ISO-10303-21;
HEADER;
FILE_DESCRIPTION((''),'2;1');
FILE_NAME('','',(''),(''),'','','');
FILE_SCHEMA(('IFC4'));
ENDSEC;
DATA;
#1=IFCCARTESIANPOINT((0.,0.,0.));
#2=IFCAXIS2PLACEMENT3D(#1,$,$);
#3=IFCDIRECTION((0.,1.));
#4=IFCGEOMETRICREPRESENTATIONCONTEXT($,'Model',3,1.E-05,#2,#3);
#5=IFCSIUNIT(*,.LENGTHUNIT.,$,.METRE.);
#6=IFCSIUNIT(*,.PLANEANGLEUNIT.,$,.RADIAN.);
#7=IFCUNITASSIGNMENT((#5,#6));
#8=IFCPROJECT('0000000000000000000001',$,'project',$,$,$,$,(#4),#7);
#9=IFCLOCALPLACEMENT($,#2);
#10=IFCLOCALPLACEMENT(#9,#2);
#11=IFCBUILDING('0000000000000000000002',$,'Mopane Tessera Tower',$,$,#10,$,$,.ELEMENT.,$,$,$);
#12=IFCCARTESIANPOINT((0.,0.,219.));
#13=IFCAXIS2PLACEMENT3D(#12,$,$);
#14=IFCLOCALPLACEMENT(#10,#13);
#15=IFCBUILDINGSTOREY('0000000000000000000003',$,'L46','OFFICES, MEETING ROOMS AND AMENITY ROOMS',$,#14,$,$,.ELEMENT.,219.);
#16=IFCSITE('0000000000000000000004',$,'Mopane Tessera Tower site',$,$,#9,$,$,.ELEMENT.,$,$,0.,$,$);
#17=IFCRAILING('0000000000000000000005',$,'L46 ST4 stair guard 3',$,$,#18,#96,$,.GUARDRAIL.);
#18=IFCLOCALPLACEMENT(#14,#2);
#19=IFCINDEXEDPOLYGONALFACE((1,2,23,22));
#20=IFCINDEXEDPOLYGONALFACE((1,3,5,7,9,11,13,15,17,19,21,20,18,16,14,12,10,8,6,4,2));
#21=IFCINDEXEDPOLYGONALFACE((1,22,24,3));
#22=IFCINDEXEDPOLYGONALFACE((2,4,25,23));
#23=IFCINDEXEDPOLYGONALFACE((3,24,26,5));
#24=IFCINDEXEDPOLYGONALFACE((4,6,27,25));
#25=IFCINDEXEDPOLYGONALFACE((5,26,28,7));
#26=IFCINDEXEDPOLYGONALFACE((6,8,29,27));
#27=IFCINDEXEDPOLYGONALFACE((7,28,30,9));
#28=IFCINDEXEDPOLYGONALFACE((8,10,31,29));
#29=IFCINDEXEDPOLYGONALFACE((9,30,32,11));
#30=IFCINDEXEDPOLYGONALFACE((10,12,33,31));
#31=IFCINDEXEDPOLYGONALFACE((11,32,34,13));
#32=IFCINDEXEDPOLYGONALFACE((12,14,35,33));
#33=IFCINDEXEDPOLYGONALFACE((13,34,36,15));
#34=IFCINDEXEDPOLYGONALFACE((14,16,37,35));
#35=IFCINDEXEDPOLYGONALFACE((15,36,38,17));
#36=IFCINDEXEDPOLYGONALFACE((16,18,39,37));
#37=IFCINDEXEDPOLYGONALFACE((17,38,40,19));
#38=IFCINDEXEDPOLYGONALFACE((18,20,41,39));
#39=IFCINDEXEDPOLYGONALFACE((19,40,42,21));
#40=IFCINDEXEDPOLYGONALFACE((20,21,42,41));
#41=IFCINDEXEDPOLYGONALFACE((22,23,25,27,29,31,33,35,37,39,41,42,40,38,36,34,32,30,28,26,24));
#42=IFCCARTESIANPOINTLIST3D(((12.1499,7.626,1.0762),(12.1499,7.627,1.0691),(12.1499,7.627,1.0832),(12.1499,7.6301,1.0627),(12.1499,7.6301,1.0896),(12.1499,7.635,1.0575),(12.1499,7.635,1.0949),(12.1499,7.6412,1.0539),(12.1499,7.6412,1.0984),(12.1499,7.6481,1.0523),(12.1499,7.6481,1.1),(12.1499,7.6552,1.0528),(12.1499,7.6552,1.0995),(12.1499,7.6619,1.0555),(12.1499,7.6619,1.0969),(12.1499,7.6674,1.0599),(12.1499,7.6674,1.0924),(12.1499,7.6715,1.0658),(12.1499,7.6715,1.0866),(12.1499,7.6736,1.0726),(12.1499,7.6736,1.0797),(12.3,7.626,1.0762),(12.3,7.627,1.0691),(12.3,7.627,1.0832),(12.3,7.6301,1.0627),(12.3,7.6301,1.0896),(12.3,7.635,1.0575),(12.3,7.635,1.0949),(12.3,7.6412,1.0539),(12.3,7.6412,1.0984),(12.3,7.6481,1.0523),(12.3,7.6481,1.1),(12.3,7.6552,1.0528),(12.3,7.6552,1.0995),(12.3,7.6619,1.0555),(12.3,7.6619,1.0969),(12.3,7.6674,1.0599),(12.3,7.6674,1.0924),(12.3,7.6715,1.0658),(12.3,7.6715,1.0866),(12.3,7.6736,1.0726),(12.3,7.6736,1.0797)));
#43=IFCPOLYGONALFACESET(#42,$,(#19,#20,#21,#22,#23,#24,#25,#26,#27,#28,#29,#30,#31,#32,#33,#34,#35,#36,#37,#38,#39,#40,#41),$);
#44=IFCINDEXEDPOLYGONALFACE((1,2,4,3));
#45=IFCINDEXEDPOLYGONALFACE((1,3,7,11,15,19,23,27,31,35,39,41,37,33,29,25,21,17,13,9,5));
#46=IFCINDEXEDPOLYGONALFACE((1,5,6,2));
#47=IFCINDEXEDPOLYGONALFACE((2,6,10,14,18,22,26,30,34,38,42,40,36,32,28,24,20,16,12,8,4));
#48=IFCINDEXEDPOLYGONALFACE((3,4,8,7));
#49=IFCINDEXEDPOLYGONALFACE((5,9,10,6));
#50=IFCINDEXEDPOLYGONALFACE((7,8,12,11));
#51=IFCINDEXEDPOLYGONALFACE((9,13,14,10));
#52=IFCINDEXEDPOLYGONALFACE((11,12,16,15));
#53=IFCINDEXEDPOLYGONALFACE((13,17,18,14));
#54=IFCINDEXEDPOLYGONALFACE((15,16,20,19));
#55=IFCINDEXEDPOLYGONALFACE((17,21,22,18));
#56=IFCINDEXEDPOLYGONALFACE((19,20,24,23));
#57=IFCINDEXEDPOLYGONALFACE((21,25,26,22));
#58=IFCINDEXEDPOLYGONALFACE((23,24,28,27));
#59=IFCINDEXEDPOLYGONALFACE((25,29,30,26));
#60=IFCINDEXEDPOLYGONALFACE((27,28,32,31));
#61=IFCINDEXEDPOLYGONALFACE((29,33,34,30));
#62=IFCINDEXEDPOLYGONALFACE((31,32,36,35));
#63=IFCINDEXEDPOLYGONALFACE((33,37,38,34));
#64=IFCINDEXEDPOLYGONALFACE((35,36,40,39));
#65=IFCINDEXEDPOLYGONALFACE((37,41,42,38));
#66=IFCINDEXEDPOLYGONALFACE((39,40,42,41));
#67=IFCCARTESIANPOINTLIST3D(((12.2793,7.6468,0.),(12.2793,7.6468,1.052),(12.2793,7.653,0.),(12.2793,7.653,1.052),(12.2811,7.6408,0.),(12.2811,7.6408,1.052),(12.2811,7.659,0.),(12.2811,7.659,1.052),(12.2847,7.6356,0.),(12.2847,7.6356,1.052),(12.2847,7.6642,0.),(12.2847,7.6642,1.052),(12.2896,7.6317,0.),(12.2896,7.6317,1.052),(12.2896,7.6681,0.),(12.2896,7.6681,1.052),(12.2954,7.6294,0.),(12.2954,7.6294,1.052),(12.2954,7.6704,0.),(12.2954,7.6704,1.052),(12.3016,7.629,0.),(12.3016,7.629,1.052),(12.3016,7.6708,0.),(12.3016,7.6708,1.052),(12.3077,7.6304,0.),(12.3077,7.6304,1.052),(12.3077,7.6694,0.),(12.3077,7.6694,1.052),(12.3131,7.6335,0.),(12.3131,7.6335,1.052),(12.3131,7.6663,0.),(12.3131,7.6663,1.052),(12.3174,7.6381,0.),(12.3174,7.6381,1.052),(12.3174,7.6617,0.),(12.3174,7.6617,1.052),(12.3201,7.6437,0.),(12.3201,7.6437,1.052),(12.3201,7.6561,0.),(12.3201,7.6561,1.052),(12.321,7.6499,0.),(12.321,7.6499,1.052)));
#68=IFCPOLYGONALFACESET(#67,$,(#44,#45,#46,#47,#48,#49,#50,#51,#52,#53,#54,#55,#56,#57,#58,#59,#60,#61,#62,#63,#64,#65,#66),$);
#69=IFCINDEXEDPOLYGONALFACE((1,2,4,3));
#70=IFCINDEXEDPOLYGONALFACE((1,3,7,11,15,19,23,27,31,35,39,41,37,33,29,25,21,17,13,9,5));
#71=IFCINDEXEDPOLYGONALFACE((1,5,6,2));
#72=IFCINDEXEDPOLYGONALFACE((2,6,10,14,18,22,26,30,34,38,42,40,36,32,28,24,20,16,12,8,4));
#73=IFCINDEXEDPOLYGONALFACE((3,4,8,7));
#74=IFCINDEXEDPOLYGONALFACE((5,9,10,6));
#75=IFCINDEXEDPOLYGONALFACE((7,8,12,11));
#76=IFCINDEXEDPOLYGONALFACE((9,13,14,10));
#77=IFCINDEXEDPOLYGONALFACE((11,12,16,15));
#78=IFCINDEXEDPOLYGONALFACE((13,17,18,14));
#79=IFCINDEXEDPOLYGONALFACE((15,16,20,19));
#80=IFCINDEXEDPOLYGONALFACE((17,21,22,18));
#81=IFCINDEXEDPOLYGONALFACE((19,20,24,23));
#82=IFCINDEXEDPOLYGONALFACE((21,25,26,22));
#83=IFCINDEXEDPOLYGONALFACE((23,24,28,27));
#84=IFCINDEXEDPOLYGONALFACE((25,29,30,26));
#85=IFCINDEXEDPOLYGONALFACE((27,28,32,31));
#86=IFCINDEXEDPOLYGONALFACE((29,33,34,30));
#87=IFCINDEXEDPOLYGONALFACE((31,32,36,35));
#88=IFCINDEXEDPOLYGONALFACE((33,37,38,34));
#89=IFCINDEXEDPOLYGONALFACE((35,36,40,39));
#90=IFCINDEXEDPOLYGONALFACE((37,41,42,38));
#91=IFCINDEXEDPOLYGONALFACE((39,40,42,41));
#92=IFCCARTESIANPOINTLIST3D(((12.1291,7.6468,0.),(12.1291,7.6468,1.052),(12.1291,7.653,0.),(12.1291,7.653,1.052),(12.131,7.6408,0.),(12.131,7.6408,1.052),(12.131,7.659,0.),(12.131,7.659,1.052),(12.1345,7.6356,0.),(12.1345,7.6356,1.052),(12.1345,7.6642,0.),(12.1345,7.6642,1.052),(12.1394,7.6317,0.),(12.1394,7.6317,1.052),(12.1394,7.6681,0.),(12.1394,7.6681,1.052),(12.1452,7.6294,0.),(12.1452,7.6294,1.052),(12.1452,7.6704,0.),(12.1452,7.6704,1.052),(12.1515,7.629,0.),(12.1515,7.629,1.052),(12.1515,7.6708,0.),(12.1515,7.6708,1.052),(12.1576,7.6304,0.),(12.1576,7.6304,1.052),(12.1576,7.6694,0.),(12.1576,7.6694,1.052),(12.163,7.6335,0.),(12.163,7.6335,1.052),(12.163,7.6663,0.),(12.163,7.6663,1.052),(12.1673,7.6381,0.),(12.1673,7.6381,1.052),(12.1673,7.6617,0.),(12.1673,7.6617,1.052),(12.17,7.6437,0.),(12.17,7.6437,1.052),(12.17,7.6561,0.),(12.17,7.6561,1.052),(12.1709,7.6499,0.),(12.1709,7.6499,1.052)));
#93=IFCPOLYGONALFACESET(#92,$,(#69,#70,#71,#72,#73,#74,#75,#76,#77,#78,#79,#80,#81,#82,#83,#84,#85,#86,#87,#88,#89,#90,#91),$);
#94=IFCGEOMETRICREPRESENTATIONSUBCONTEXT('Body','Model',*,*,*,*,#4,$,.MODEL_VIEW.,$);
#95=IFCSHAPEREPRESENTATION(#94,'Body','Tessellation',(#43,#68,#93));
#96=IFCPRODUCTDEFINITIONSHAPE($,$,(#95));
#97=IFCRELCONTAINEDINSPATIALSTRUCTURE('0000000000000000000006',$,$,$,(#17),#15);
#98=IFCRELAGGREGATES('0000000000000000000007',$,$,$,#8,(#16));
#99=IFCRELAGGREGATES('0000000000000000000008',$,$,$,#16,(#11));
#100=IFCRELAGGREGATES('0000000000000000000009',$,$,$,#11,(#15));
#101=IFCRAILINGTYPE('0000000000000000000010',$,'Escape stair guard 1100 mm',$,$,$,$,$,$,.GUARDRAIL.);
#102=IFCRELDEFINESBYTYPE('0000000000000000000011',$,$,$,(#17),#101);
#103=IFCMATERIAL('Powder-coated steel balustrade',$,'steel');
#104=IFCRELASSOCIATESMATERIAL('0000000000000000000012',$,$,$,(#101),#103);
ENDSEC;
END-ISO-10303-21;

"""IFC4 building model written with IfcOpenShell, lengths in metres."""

from ifc_helpers import new_model, si_unit, direction, frame, origin, origin_2d, place, context, subcontext, project, spatial, circle, extrude, material, type_object, element, save


model = new_model("IFC4")

# Units and contexts
model_context = context("Model", 3, precision=1e-05, world=origin(), true_north=direction((0.0, 1.0)))
body_context = subcontext(model_context, "Body", "Model", "MODEL_VIEW")
ifc_project = project(units=[si_unit("LENGTHUNIT", "METRE"), si_unit("PLANEANGLEUNIT", "RADIAN")], contexts=[model_context])

# Site, building, storey
site_placement = place(None, origin())
site = spatial("IfcSite", under=ifc_project, at=site_placement, Name="Mopane Tessera Tower site", CompositionType="ELEMENT", RefElevation=0.0)
building_placement = place(site_placement, origin())
building = spatial("IfcBuilding", under=site, at=building_placement, Name="Mopane Tessera Tower", CompositionType="ELEMENT")
storey_placement = place(building_placement, frame((0.0, 0.0, 219.0)))
storey = spatial("IfcBuildingStorey", under=building, at=storey_placement, Name="L46", Description="OFFICES, MEETING ROOMS AND AMENITY ROOMS", CompositionType="ELEMENT", Elevation=219.0)

# Railing
ifc_material_1 = material(Name="Powder-coated steel balustrade", Category="steel")
railing_type_1 = type_object("IfcRailingType", Name="Escape stair guard 1100 mm", PredefinedType="GUARDRAIL", material=ifc_material_1)
railing_1_placement = place(storey_placement, frame((12.3, 7.6499, 0.0)))
element("IfcRailing", 1, at=railing_1_placement, inside=storey, type_object=railing_type_1, Name="L46 ST4 stair guard 3", PredefinedType="GUARDRAIL", context=body_context, shape_type="SweptSolid", body=[
    extrude(circle(Radius=0.0239, at=origin_2d()), frame((0.0, 0.0, 1.0762), z_axis=(-1.0, 0.0, 0.0), x_axis=(0.0, -1.0, 0.0)), (0.0, 0.0, 1.0), 0.1501),
    extrude(circle(Radius=0.021, at=origin_2d()), origin(), (0.0, 0.0, 1.0), 1.052),
    extrude(circle(Radius=0.021, at=origin_2d()), frame((-0.1501, 0.0, 0.0)), (0.0, 0.0, 1.0), 1.052),
])

save(model, "model.ifc")
